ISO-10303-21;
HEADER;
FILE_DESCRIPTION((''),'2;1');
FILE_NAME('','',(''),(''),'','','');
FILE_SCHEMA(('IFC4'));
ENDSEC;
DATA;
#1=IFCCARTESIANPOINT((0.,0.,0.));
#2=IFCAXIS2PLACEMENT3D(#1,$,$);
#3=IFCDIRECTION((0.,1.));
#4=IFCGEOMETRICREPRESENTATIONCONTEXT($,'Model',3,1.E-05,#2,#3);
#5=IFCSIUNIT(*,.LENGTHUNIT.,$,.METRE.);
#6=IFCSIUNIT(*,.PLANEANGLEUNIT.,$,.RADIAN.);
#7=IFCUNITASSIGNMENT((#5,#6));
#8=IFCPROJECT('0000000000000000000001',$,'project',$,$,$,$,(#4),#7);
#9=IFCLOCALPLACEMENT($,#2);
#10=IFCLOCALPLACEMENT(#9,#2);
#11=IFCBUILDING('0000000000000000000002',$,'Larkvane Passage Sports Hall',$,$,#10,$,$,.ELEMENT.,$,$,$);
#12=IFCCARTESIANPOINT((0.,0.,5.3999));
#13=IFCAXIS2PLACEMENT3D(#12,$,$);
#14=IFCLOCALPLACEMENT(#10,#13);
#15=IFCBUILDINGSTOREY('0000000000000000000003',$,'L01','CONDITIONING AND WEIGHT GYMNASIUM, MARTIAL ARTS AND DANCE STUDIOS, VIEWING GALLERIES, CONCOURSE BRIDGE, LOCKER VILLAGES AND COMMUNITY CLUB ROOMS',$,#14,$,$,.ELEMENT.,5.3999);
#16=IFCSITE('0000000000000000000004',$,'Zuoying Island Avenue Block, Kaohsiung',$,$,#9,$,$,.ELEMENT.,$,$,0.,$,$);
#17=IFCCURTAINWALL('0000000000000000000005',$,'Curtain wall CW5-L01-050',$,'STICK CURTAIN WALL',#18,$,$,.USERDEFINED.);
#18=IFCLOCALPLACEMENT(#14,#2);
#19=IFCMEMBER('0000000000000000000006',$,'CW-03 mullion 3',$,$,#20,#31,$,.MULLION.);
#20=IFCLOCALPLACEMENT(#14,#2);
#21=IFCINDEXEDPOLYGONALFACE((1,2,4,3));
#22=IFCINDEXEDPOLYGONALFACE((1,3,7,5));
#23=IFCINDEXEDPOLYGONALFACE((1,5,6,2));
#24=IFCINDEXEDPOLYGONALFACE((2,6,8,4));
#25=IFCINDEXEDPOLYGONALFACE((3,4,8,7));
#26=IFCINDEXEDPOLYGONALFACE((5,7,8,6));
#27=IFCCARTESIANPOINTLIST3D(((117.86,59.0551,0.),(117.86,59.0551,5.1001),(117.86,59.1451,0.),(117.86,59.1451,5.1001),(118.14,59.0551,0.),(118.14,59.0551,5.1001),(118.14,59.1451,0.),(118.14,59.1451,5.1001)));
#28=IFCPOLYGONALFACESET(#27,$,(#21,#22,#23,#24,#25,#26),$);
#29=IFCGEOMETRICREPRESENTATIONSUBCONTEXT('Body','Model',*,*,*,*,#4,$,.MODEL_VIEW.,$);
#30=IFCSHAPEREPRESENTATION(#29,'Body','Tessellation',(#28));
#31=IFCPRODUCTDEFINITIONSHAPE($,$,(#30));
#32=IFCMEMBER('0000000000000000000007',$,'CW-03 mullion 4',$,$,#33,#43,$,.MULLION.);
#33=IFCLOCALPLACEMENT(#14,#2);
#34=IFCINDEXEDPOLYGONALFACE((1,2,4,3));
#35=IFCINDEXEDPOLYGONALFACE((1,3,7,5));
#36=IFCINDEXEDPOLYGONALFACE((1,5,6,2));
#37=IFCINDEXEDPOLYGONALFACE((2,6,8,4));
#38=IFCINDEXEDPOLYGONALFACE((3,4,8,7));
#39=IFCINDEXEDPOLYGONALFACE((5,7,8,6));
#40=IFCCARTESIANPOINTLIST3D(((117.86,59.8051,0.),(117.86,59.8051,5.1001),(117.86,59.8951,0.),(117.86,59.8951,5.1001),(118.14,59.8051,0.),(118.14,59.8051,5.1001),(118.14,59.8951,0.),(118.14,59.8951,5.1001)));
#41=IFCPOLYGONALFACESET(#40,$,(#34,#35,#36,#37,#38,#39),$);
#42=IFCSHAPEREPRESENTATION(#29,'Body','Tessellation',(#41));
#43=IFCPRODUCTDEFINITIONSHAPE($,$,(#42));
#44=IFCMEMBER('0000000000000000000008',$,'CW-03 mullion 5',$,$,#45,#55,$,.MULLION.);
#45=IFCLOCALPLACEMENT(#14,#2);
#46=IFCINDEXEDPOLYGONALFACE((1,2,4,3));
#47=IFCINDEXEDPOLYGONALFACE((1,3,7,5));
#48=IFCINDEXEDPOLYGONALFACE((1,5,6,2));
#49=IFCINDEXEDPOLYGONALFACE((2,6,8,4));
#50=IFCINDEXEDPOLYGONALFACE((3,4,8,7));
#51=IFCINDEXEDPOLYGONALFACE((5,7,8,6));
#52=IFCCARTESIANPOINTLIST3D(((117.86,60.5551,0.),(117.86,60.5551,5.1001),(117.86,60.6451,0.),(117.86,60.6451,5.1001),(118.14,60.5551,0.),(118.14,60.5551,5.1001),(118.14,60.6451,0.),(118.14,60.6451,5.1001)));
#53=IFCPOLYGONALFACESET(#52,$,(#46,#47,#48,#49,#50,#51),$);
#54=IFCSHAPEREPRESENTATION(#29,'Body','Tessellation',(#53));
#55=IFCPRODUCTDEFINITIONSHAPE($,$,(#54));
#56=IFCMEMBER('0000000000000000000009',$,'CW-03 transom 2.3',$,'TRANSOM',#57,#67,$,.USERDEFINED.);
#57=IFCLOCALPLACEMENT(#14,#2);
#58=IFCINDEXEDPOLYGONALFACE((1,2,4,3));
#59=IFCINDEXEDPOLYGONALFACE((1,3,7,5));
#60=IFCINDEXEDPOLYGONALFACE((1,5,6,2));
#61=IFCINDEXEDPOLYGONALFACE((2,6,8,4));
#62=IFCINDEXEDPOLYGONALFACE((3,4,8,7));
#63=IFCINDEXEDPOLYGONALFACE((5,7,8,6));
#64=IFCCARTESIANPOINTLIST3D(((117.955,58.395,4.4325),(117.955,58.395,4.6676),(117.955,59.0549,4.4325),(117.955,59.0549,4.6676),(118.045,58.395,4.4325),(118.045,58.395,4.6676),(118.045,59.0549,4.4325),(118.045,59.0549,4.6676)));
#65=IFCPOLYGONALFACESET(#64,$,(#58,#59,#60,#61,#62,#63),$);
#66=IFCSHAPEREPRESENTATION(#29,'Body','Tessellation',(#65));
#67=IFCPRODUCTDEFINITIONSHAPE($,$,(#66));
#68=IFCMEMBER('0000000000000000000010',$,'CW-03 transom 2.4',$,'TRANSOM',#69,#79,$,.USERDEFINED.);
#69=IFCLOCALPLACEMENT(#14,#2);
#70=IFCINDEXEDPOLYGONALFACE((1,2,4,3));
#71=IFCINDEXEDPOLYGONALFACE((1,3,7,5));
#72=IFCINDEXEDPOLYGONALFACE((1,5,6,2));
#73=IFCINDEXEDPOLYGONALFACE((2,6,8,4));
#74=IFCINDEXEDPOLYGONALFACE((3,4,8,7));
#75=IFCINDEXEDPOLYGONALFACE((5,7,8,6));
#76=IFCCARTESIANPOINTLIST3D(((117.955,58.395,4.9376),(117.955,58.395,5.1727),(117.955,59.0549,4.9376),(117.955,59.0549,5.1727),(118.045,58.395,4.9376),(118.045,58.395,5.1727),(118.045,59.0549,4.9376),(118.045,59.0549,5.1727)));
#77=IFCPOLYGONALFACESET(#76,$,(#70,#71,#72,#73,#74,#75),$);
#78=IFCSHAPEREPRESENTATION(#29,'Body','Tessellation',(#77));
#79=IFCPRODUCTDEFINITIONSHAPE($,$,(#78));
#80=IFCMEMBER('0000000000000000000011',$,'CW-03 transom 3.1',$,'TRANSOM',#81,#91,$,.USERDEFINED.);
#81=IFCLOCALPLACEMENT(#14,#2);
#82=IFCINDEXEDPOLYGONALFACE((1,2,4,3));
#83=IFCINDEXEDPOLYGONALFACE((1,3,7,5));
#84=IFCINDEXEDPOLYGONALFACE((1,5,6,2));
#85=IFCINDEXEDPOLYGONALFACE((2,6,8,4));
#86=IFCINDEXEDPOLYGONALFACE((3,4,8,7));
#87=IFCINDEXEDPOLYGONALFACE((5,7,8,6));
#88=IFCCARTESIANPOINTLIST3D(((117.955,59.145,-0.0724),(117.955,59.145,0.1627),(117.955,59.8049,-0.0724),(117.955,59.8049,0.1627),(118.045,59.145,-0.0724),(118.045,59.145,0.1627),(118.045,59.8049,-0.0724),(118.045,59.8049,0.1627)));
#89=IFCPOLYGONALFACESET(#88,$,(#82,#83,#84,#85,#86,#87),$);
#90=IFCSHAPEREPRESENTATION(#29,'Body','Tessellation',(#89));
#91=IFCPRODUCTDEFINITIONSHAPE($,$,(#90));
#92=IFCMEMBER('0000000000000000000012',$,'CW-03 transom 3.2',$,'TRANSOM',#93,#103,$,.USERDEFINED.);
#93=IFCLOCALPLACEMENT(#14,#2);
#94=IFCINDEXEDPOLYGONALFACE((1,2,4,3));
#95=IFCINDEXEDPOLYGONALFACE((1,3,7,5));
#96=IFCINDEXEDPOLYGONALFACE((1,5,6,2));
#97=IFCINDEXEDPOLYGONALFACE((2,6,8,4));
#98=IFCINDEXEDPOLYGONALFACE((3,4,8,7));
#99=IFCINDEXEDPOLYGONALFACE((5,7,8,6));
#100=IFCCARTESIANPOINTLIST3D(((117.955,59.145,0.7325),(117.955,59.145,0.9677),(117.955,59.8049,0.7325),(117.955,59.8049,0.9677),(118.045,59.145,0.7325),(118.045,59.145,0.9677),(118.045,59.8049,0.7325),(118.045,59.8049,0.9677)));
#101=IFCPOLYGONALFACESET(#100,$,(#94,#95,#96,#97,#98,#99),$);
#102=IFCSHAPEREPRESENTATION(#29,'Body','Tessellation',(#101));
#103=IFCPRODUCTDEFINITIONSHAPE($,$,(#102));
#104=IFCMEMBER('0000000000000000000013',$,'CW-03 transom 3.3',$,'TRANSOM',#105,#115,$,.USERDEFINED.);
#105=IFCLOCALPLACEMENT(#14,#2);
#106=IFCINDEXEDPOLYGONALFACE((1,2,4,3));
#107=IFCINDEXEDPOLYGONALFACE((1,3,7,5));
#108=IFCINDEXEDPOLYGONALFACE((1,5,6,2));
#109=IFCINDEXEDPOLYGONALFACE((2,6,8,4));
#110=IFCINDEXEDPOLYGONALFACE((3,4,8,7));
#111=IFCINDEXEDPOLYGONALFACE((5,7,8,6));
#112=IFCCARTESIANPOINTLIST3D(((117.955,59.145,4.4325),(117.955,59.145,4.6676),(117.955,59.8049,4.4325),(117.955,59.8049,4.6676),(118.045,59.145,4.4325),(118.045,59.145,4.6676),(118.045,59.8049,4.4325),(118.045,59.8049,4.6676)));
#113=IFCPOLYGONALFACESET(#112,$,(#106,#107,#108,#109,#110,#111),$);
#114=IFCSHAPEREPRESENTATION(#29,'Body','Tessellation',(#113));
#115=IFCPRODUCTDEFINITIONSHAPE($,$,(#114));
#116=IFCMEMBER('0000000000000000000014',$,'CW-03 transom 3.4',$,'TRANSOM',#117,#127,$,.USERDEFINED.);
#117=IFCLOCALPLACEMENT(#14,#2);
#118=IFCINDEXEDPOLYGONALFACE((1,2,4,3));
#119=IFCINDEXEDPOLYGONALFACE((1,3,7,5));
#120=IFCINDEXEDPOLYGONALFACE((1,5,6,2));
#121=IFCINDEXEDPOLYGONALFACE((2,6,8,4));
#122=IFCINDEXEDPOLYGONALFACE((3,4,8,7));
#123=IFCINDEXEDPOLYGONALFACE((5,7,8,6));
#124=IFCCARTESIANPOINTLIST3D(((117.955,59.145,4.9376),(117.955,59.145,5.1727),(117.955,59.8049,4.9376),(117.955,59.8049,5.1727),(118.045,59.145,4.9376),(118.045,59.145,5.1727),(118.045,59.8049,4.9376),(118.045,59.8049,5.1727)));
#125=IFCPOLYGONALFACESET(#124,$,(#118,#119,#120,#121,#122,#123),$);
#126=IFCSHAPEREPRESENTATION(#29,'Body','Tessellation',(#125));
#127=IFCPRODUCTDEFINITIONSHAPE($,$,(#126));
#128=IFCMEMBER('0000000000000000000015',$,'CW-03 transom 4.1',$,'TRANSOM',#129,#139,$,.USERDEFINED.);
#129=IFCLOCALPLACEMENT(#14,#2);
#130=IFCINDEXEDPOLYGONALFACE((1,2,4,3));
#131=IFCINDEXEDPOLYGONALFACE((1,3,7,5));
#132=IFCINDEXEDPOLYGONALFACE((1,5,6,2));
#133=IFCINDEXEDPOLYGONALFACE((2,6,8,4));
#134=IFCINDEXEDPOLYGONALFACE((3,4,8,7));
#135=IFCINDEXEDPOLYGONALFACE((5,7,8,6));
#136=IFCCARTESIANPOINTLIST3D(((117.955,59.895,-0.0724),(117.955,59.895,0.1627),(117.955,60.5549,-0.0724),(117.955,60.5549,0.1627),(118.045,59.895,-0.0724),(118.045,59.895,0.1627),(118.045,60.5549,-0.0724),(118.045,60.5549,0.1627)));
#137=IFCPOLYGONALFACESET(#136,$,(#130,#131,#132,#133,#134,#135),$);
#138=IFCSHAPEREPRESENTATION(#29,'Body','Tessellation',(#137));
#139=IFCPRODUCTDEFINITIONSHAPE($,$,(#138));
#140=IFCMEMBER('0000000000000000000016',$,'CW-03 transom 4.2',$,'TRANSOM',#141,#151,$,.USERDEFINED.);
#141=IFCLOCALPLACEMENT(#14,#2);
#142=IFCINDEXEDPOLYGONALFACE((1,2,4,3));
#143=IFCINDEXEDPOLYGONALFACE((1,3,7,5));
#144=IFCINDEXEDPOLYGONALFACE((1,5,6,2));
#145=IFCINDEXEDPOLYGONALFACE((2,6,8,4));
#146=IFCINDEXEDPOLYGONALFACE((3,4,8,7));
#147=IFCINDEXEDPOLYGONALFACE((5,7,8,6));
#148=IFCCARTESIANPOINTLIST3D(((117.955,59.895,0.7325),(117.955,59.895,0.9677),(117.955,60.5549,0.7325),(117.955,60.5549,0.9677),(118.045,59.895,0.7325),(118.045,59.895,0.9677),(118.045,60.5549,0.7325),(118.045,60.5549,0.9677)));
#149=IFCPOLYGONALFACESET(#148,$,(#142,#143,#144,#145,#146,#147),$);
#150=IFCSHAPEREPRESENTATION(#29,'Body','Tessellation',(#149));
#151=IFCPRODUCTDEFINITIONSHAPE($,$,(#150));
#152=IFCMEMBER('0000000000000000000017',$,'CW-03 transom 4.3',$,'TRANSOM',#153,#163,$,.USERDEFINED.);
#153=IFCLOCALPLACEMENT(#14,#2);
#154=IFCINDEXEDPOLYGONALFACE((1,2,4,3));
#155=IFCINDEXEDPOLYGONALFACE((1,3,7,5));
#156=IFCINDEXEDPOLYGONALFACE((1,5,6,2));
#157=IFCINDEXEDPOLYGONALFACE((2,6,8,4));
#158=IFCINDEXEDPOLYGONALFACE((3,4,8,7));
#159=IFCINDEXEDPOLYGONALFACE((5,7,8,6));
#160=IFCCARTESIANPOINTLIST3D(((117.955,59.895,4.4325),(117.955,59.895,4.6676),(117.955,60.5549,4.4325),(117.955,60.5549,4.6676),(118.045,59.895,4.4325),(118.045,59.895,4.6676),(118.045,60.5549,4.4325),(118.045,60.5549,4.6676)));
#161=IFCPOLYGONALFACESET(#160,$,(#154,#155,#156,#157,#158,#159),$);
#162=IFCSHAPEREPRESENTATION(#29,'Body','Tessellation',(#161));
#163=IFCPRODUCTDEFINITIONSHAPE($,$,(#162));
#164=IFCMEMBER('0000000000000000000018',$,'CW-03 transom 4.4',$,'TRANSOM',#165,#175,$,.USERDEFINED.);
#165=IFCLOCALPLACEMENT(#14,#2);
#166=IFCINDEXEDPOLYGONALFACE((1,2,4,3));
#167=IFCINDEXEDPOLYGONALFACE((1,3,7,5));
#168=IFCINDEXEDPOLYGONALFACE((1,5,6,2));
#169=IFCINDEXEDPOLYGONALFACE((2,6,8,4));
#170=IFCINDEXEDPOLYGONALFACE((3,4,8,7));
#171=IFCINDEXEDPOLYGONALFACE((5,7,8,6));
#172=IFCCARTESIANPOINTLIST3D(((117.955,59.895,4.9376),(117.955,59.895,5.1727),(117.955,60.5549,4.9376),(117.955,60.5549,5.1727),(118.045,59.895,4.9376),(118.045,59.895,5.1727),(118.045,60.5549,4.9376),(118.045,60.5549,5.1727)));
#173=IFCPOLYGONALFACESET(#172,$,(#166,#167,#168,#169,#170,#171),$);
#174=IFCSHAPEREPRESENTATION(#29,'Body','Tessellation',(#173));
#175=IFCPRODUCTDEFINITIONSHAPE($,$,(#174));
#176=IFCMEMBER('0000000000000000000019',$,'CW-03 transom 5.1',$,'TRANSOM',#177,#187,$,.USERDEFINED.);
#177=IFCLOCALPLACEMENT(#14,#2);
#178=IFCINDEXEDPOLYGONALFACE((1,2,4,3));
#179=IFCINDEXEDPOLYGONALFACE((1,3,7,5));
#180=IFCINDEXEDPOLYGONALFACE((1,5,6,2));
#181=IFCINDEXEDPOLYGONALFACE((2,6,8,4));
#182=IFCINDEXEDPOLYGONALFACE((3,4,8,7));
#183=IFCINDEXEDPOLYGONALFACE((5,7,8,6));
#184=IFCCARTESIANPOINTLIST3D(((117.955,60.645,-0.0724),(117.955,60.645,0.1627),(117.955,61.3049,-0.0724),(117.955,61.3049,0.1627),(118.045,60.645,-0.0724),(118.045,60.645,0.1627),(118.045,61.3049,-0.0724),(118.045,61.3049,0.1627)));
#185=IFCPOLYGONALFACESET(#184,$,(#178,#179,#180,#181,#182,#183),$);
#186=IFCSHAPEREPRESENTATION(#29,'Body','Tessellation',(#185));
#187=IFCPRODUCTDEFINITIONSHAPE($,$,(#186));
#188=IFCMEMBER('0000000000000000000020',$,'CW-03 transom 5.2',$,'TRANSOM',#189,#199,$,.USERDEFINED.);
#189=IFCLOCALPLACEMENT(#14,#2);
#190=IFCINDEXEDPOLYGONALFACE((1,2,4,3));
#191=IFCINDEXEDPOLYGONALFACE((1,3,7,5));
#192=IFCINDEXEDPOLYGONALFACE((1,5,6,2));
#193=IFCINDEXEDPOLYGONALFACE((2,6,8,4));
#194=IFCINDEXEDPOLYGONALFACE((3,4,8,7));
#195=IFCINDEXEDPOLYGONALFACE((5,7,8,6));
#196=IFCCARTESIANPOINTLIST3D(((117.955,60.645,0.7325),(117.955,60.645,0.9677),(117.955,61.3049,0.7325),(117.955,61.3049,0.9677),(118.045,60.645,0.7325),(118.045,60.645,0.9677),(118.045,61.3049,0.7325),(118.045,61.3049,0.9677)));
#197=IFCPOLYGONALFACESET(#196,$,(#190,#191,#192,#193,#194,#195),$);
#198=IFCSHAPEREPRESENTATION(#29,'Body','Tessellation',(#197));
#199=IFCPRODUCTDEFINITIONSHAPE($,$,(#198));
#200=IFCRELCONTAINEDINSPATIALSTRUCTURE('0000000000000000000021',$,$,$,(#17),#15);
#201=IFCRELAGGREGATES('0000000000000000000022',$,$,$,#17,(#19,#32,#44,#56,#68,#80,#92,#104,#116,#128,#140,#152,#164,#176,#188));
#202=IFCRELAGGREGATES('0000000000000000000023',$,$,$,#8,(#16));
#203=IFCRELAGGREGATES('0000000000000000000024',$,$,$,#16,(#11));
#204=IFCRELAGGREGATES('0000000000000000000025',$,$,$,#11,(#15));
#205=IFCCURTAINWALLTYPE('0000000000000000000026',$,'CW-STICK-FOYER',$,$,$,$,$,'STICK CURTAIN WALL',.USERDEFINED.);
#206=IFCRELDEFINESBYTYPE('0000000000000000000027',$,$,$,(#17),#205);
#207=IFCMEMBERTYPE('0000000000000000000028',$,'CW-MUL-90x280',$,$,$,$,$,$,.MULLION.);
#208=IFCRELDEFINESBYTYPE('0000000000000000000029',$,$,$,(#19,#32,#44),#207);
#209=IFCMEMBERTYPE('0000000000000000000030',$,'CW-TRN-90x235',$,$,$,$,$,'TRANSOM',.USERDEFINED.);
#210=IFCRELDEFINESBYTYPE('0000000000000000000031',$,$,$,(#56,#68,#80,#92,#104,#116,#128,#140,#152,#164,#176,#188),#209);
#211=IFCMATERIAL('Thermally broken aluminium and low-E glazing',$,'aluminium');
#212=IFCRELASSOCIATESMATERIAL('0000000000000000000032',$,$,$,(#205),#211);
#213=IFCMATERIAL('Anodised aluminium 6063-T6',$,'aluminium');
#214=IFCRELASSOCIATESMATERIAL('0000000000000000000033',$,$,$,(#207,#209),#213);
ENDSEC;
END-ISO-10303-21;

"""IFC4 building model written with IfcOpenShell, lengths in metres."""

from ifc_helpers import new_model, si_unit, direction, frame, origin, origin_2d, place, context, subcontext, project, spatial, rectangle, extrude, material, material_profile, profile_set, type_object, element, aggregate, save


model = new_model("IFC4")

# Units and contexts
model_context = context("Model", 3, precision=1e-05, world=origin(), true_north=direction((0.0, 1.0)))
body_context = subcontext(model_context, "Body", "Model", "MODEL_VIEW")
ifc_project = project(units=[si_unit("LENGTHUNIT", "METRE"), si_unit("PLANEANGLEUNIT", "RADIAN")], contexts=[model_context])

# Site, building, storey
site_placement = place(None, origin())
site = spatial("IfcSite", under=ifc_project, at=site_placement, Name="Zuoying Island Avenue Block, Kaohsiung", CompositionType="ELEMENT", RefElevation=0.0)
building_placement = place(site_placement, origin())
building = spatial("IfcBuilding", under=site, at=building_placement, Name="Larkvane Passage Sports Hall", CompositionType="ELEMENT")
storey_placement = place(building_placement, frame((0.0, 0.0, 5.3999)))
storey = spatial("IfcBuildingStorey", under=building, at=storey_placement, Name="L01", Description="CONDITIONING AND WEIGHT GYMNASIUM, MARTIAL ARTS AND DANCE STUDIOS, VIEWING GALLERIES, CONCOURSE BRIDGE, LOCKER VILLAGES AND COMMUNITY CLUB ROOMS", CompositionType="ELEMENT", Elevation=5.3999)

# Curtain wall, members
ifc_material_1 = material(Name="Thermally broken aluminium and low-E glazing", Category="aluminium")
curtain_wall_type = type_object("IfcCurtainWallType", Name="CW-STICK-FOYER", ElementType="STICK CURTAIN WALL", PredefinedType="USERDEFINED", material=ifc_material_1)
curtain_wall_placement = place(storey_placement, origin())
curtain_wall = element("IfcCurtainWall", 1, at=curtain_wall_placement, inside=storey, type_object=curtain_wall_type, Name="Curtain wall CW5-L01-050", ObjectType="STICK CURTAIN WALL", PredefinedType="USERDEFINED")
ifc_material_2 = material(Name="Anodised aluminium 6063-T6", Category="aluminium")
ifc_material_profile_1 = material_profile(ifc_material_2, rectangle(XDim=0.0901, YDim=0.28, at=origin_2d()), Name="ALU-MUL-90x280")
ifc_profile_set_1 = profile_set([ifc_material_profile_1], Name="Anodised aluminium 6063-T6")
member_type_1 = type_object("IfcMemberType", Name="CW-MUL-90x280", PredefinedType="MULLION", material=ifc_profile_set_1)
member_1_placement = place(storey_placement, frame((118.0, 59.1001, 0.0), z_axis=(0.0, 0.0, 1.0), x_axis=(0.0, 1.0, 0.0)))
member_1 = element("IfcMember", 2, at=member_1_placement, type_object=member_type_1, Name="CW-03 mullion 3", PredefinedType="MULLION", context=body_context, shape_type="SweptSolid", body=[
    extrude(rectangle(XDim=0.0901, YDim=0.28, at=origin_2d()), origin(), (0.0, 0.0, 1.0), 5.1001),
])
member_2_placement = place(storey_placement, frame((118.0, 59.8501, 0.0), z_axis=(0.0, 0.0, 1.0), x_axis=(0.0, 1.0, 0.0)))
member_2 = element("IfcMember", 3, at=member_2_placement, type_object=member_type_1, Name="CW-03 mullion 4", PredefinedType="MULLION", context=body_context, shape_type="SweptSolid", body=[
    extrude(rectangle(XDim=0.0901, YDim=0.28, at=origin_2d()), origin(), (0.0, 0.0, 1.0), 5.1001),
])
member_3_placement = place(storey_placement, frame((118.0, 60.6001, 0.0), z_axis=(0.0, 0.0, 1.0), x_axis=(0.0, 1.0, 0.0)))
member_3 = element("IfcMember", 4, at=member_3_placement, type_object=member_type_1, Name="CW-03 mullion 5", PredefinedType="MULLION", context=body_context, shape_type="SweptSolid", body=[
    extrude(rectangle(XDim=0.0901, YDim=0.28, at=origin_2d()), origin(), (0.0, 0.0, 1.0), 5.1001),
])
ifc_material_profile_2 = material_profile(ifc_material_2, rectangle(XDim=0.0901, YDim=0.2351, at=origin_2d()), Name="ALU-TRN-90x235")
ifc_profile_set_2 = profile_set([ifc_material_profile_2], Name="Anodised aluminium 6063-T6")
member_type_2 = type_object("IfcMemberType", Name="CW-TRN-90x235", ElementType="TRANSOM", PredefinedType="USERDEFINED", material=ifc_profile_set_2)
member_4_placement = place(storey_placement, frame((118.0, 58.395, 4.55), z_axis=(0.0, 1.0, 0.0), x_axis=(-1.0, 0.0, 0.0)))
member_4 = element("IfcMember", 5, at=member_4_placement, type_object=member_type_2, Name="CW-03 transom 2.3", ObjectType="TRANSOM", PredefinedType="USERDEFINED", context=body_context, shape_type="SweptSolid", body=[
    extrude(rectangle(XDim=0.0901, YDim=0.2351, at=origin_2d()), origin(), (0.0, 0.0, 1.0), 0.6599),
])
member_5_placement = place(storey_placement, frame((118.0, 58.395, 5.0552), z_axis=(0.0, 1.0, 0.0), x_axis=(-1.0, 0.0, 0.0)))
member_5 = element("IfcMember", 6, at=member_5_placement, type_object=member_type_2, Name="CW-03 transom 2.4", ObjectType="TRANSOM", PredefinedType="USERDEFINED", context=body_context, shape_type="SweptSolid", body=[
    extrude(rectangle(XDim=0.0901, YDim=0.2351, at=origin_2d()), origin(), (0.0, 0.0, 1.0), 0.6599),
])
member_6_placement = place(storey_placement, frame((118.0, 59.145, 0.0452), z_axis=(0.0, 1.0, 0.0), x_axis=(-1.0, 0.0, 0.0)))
member_6 = element("IfcMember", 7, at=member_6_placement, type_object=member_type_2, Name="CW-03 transom 3.1", ObjectType="TRANSOM", PredefinedType="USERDEFINED", context=body_context, shape_type="SweptSolid", body=[
    extrude(rectangle(XDim=0.0901, YDim=0.2351, at=origin_2d()), origin(), (0.0, 0.0, 1.0), 0.6599),
])
member_7_placement = place(storey_placement, frame((118.0, 59.145, 0.8501), z_axis=(0.0, 1.0, 0.0), x_axis=(-1.0, 0.0, 0.0)))
member_7 = element("IfcMember", 8, at=member_7_placement, type_object=member_type_2, Name="CW-03 transom 3.2", ObjectType="TRANSOM", PredefinedType="USERDEFINED", context=body_context, shape_type="SweptSolid", body=[
    extrude(rectangle(XDim=0.0901, YDim=0.2351, at=origin_2d()), origin(), (0.0, 0.0, 1.0), 0.6599),
])
member_8_placement = place(storey_placement, frame((118.0, 59.145, 4.55), z_axis=(0.0, 1.0, 0.0), x_axis=(-1.0, 0.0, 0.0)))
member_8 = element("IfcMember", 9, at=member_8_placement, type_object=member_type_2, Name="CW-03 transom 3.3", ObjectType="TRANSOM", PredefinedType="USERDEFINED", context=body_context, shape_type="SweptSolid", body=[
    extrude(rectangle(XDim=0.0901, YDim=0.2351, at=origin_2d()), origin(), (0.0, 0.0, 1.0), 0.6599),
])
member_9_placement = place(storey_placement, frame((118.0, 59.145, 5.0552), z_axis=(0.0, 1.0, 0.0), x_axis=(-1.0, 0.0, 0.0)))
member_9 = element("IfcMember", 10, at=member_9_placement, type_object=member_type_2, Name="CW-03 transom 3.4", ObjectType="TRANSOM", PredefinedType="USERDEFINED", context=body_context, shape_type="SweptSolid", body=[
    extrude(rectangle(XDim=0.0901, YDim=0.2351, at=origin_2d()), origin(), (0.0, 0.0, 1.0), 0.6599),
])
member_10_placement = place(storey_placement, frame((118.0, 59.895, 0.0452), z_axis=(0.0, 1.0, 0.0), x_axis=(-1.0, 0.0, 0.0)))
member_10 = element("IfcMember", 11, at=member_10_placement, type_object=member_type_2, Name="CW-03 transom 4.1", ObjectType="TRANSOM", PredefinedType="USERDEFINED", context=body_context, shape_type="SweptSolid", body=[
    extrude(rectangle(XDim=0.0901, YDim=0.2351, at=origin_2d()), origin(), (0.0, 0.0, 1.0), 0.6599),
])
member_11_placement = place(storey_placement, frame((118.0, 59.895, 0.8501), z_axis=(0.0, 1.0, 0.0), x_axis=(-1.0, 0.0, 0.0)))
member_11 = element("IfcMember", 12, at=member_11_placement, type_object=member_type_2, Name="CW-03 transom 4.2", ObjectType="TRANSOM", PredefinedType="USERDEFINED", context=body_context, shape_type="SweptSolid", body=[
    extrude(rectangle(XDim=0.0901, YDim=0.2351, at=origin_2d()), origin(), (0.0, 0.0, 1.0), 0.6599),
])
member_12_placement = place(storey_placement, frame((118.0, 59.895, 4.55), z_axis=(0.0, 1.0, 0.0), x_axis=(-1.0, 0.0, 0.0)))
member_12 = element("IfcMember", 13, at=member_12_placement, type_object=member_type_2, Name="CW-03 transom 4.3", ObjectType="TRANSOM", PredefinedType="USERDEFINED", context=body_context, shape_type="SweptSolid", body=[
    extrude(rectangle(XDim=0.0901, YDim=0.2351, at=origin_2d()), origin(), (0.0, 0.0, 1.0), 0.6599),
])
member_13_placement = place(storey_placement, frame((118.0, 59.895, 5.0552), z_axis=(0.0, 1.0, 0.0), x_axis=(-1.0, 0.0, 0.0)))
member_13 = element("IfcMember", 14, at=member_13_placement, type_object=member_type_2, Name="CW-03 transom 4.4", ObjectType="TRANSOM", PredefinedType="USERDEFINED", context=body_context, shape_type="SweptSolid", body=[
    extrude(rectangle(XDim=0.0901, YDim=0.2351, at=origin_2d()), origin(), (0.0, 0.0, 1.0), 0.6599),
])
member_14_placement = place(storey_placement, frame((118.0, 60.645, 0.0452), z_axis=(0.0, 1.0, 0.0), x_axis=(-1.0, 0.0, 0.0)))
member_14 = element("IfcMember", 15, at=member_14_placement, type_object=member_type_2, Name="CW-03 transom 5.1", ObjectType="TRANSOM", PredefinedType="USERDEFINED", context=body_context, shape_type="SweptSolid", body=[
    extrude(rectangle(XDim=0.0901, YDim=0.2351, at=origin_2d()), origin(), (0.0, 0.0, 1.0), 0.6599),
])
member_15_placement = place(storey_placement, frame((118.0, 60.645, 0.8501), z_axis=(0.0, 1.0, 0.0), x_axis=(-1.0, 0.0, 0.0)))
member_15 = element("IfcMember", 16, at=member_15_placement, type_object=member_type_2, Name="CW-03 transom 5.2", ObjectType="TRANSOM", PredefinedType="USERDEFINED", context=body_context, shape_type="SweptSolid", body=[
    extrude(rectangle(XDim=0.0901, YDim=0.2351, at=origin_2d()), origin(), (0.0, 0.0, 1.0), 0.6599),
])
aggregate(curtain_wall, [member_1, member_2, member_3, member_4, member_5, member_6, member_7, member_8, member_9, member_10, member_11, member_12, member_13, member_14, member_15])

save(model, "model.ifc")
